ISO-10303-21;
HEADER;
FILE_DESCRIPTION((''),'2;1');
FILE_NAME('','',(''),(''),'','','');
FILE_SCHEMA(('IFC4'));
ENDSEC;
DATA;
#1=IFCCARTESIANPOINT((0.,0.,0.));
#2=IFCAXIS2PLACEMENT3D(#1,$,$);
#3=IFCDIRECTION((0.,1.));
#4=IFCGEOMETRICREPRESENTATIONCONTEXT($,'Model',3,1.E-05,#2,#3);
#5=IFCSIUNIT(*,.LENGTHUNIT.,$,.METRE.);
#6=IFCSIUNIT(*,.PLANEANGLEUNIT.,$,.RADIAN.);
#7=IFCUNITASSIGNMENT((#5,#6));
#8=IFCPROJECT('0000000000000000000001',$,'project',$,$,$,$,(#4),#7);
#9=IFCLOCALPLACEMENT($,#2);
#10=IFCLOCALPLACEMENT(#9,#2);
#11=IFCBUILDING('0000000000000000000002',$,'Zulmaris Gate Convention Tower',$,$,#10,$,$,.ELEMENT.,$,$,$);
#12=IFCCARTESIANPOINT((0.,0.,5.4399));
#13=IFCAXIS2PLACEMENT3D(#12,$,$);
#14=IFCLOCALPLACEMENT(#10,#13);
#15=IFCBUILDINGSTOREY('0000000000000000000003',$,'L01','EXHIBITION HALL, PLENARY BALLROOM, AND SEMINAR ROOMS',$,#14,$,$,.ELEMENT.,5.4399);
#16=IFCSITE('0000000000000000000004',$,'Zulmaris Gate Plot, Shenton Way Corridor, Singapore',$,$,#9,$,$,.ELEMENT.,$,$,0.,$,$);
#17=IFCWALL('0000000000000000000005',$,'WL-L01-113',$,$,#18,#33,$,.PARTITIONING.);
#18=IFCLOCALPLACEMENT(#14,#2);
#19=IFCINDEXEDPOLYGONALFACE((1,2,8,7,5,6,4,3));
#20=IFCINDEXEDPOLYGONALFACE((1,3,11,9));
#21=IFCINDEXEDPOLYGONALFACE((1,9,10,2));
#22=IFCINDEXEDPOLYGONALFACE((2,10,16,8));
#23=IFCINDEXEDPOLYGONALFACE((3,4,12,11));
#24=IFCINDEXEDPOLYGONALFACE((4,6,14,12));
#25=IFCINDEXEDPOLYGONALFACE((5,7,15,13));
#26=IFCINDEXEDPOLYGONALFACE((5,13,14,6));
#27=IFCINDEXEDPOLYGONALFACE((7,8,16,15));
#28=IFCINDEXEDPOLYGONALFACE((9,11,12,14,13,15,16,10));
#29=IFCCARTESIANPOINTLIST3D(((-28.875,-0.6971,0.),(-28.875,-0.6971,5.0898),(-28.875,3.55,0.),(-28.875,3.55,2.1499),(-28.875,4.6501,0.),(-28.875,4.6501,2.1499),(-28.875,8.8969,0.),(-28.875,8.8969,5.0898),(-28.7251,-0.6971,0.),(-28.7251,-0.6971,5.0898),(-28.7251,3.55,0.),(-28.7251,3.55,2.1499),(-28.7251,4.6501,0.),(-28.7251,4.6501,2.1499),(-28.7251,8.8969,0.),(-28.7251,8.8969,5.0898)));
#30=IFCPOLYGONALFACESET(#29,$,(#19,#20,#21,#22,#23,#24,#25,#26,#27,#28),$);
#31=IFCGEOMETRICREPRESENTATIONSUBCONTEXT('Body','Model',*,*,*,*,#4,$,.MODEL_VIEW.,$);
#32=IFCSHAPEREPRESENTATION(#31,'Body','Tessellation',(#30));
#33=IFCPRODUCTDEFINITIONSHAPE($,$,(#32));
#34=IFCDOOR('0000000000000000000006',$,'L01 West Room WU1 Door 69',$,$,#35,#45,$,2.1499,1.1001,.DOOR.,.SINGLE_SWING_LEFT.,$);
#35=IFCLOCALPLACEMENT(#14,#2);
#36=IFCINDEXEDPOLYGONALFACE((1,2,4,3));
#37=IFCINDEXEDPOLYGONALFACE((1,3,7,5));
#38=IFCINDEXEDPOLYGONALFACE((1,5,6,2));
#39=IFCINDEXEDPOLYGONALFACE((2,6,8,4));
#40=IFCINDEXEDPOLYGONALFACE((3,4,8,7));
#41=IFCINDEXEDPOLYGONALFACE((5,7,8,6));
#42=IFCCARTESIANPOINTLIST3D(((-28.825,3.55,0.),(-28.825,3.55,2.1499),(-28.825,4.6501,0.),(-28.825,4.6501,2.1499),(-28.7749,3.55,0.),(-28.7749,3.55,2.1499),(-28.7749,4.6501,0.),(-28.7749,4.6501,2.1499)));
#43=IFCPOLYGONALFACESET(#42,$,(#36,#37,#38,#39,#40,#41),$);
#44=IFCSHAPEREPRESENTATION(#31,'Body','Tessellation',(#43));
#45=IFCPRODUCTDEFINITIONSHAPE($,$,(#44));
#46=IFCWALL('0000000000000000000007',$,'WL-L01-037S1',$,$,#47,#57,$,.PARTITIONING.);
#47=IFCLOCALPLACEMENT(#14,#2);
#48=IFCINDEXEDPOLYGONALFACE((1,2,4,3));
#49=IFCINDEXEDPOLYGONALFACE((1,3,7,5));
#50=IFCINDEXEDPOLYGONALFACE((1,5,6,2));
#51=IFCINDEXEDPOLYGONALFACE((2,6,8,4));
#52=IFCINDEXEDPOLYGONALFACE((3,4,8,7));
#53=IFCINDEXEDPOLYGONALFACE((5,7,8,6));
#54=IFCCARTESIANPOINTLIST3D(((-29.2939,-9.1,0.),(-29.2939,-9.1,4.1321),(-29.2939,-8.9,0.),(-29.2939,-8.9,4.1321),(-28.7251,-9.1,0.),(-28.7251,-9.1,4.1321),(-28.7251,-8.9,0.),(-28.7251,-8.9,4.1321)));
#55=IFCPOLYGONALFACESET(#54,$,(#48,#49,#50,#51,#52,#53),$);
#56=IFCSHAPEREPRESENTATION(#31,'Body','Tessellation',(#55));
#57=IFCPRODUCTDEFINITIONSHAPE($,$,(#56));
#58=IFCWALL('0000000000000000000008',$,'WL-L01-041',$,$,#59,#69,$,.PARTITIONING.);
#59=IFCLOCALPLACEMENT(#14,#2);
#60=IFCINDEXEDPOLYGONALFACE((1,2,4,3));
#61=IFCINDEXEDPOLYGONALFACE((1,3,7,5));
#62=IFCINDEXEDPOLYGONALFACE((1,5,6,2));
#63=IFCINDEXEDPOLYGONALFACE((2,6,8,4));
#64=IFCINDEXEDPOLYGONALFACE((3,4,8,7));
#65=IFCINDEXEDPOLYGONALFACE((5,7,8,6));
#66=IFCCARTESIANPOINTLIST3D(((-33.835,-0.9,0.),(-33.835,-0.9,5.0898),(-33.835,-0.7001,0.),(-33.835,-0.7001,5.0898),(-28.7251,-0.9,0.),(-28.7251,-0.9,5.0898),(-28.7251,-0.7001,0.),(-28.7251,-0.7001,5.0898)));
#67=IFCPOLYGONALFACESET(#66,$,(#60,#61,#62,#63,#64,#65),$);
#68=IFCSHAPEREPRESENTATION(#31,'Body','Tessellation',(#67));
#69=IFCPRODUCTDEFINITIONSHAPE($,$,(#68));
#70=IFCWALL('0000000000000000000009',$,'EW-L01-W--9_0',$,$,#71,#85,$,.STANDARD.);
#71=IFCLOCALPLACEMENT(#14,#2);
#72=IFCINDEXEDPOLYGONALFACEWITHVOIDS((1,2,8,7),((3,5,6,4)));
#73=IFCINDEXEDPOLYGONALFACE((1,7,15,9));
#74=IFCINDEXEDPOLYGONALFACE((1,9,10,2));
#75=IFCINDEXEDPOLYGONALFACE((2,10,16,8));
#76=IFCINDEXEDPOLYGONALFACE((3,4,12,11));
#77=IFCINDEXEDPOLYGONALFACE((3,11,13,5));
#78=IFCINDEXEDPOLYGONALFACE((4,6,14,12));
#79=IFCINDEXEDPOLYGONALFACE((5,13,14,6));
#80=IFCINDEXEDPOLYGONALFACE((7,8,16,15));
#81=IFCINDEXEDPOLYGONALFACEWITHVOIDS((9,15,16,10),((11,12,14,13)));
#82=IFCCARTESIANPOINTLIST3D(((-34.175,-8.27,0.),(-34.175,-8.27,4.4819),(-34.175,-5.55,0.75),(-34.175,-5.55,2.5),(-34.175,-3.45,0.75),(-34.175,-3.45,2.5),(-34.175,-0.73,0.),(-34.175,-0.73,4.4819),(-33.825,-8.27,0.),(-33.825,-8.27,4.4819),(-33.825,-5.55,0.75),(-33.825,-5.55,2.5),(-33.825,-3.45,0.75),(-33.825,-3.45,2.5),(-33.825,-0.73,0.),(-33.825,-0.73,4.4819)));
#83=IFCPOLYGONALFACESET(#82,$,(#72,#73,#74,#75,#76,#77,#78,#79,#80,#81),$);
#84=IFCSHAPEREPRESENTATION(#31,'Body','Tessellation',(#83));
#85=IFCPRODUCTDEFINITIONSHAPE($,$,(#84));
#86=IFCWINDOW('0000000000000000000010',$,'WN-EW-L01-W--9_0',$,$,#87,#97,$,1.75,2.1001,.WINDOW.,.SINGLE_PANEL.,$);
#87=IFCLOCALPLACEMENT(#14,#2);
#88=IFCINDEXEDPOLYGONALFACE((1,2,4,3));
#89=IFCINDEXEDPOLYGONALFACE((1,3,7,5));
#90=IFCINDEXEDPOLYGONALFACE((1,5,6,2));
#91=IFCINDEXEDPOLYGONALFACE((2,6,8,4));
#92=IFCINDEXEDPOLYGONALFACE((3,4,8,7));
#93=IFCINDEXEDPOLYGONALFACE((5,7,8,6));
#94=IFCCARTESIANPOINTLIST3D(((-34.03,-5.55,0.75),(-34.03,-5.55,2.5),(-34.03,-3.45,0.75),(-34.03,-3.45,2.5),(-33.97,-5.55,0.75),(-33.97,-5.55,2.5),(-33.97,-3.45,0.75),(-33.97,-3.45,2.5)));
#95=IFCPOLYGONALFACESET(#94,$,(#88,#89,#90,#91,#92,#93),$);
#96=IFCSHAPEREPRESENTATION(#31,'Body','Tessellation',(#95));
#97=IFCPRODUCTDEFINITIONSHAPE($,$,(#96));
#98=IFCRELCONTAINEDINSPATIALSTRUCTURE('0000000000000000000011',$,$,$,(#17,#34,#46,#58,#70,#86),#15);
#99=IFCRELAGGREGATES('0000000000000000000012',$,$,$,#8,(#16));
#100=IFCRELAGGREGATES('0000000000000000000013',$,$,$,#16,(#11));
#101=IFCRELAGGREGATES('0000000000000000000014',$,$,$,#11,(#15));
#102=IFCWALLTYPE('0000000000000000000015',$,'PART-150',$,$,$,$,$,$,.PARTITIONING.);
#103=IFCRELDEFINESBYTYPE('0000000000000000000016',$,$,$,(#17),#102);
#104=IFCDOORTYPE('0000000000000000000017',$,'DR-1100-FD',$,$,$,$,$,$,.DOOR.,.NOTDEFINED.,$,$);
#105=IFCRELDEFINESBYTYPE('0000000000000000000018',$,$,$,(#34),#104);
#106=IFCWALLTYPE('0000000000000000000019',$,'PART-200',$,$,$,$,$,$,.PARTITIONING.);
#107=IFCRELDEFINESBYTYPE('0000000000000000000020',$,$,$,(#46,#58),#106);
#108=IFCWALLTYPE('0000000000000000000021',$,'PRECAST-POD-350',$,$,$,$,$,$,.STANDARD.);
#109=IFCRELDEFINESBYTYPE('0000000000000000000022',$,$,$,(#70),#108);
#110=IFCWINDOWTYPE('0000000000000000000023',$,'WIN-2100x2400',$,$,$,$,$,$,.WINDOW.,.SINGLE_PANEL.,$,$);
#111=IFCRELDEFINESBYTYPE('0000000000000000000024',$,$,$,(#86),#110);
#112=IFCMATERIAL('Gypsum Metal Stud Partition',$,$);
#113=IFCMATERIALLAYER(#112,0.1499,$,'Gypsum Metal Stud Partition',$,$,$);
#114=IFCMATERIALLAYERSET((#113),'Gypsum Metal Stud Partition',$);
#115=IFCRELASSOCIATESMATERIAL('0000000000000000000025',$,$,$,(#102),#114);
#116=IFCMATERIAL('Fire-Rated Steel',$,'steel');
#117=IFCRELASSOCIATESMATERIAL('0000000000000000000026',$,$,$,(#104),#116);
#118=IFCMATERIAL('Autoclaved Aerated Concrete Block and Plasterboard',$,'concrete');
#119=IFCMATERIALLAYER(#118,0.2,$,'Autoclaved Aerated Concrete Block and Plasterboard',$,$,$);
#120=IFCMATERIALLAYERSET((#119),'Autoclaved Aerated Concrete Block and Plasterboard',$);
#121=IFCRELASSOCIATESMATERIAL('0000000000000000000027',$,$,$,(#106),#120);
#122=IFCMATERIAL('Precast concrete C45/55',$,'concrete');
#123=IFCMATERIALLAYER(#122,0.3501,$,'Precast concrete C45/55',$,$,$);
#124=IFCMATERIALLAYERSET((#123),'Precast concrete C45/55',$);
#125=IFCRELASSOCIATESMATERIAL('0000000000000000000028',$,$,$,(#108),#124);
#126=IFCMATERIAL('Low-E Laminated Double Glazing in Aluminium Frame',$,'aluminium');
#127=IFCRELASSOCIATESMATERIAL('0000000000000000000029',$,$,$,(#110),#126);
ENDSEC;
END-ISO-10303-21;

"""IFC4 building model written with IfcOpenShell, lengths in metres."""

from ifc_helpers import new_model, si_unit, direction, frame, frame_2d, origin, place, context, subcontext, project, spatial, rectangle, extrude, material, layer, layer_set, type_object, element, fill, save


model = new_model("IFC4")

# Units and contexts
model_context = context("Model", 3, precision=1e-05, world=origin(), true_north=direction((0.0, 1.0)))
body_context = subcontext(model_context, "Body", "Model", "MODEL_VIEW")
ifc_project = project(units=[si_unit("LENGTHUNIT", "METRE"), si_unit("PLANEANGLEUNIT", "RADIAN")], contexts=[model_context])

# Site, building, storey
site_placement = place(None, origin())
site = spatial("IfcSite", under=ifc_project, at=site_placement, Name="Zulmaris Gate Plot, Shenton Way Corridor, Singapore", CompositionType="ELEMENT", RefElevation=0.0)
building_placement = place(site_placement, origin())
building = spatial("IfcBuilding", under=site, at=building_placement, Name="Zulmaris Gate Convention Tower", CompositionType="ELEMENT")
storey_placement = place(building_placement, frame((0.0, 0.0, 5.4399)))
storey = spatial("IfcBuildingStorey", under=building, at=storey_placement, Name="L01", Description="EXHIBITION HALL, PLENARY BALLROOM, AND SEMINAR ROOMS", CompositionType="ELEMENT", Elevation=5.4399)

# Wall, opening, door
ifc_material_1 = material(Name="Gypsum Metal Stud Partition")
ifc_layer_1 = layer(ifc_material_1, 0.1499, Name="Gypsum Metal Stud Partition")
ifc_layer_set_1 = layer_set([ifc_layer_1], Name="Gypsum Metal Stud Partition")
wall_type_1 = type_object("IfcWallType", Name="PART-150", PredefinedType="PARTITIONING", material=ifc_layer_set_1)
ifc_material_2 = material(Name="Fire-Rated Steel", Category="steel")
wall_1_placement = place(storey_placement, frame((-28.8, -0.697, 0.0), z_axis=(0.0, 0.0, 1.0), x_axis=(0.0, 1.0, 0.0)))
wall_1 = element("IfcWall", 1, at=wall_1_placement, inside=storey, type_object=wall_type_1, Name="WL-L01-113", PredefinedType="PARTITIONING", context=body_context, shape_type="SweptSolid", body=[
    extrude(rectangle(XDim=9.594, YDim=0.1499, at=frame_2d((4.7969, 0.0))), origin(), (0.0, 0.0, 1.0), 5.0898),
])
opening_1_placement = place(wall_1_placement, frame((4.2471, 0.0, 0.0)))
opening_1 = element("IfcOpeningElement", 2, at=opening_1_placement, cuts=wall_1, PredefinedType="OPENING", context=body_context, shape_type="SweptSolid", body=[
    extrude(rectangle(XDim=1.1001, YDim=2.1499, at=frame_2d((0.55, 1.075))), frame((0.0, 0.085, 0.0), z_axis=(0.0, -1.0, 0.0), x_axis=(1.0, 0.0, 0.0)), (0.0, 0.0, 1.0), 0.1699),
])
door_type_1 = type_object("IfcDoorType", Name="DR-1100-FD", OperationType="NOTDEFINED", PredefinedType="DOOR", material=ifc_material_2)
door_1_placement = place(opening_1_placement, origin())
door_1 = element("IfcDoor", 3, at=door_1_placement, inside=storey, type_object=door_type_1, Name="L01 West Room WU1 Door 69", OperationType="SINGLE_SWING_LEFT", OverallHeight=2.1499, OverallWidth=1.1001, PredefinedType="DOOR", context=body_context, shape_type="SweptSolid", body=[
    extrude(rectangle(XDim=1.1001, YDim=2.1499, at=frame_2d((0.55, 1.075))), frame((0.0, 0.0249, 0.0), z_axis=(0.0, -1.0, 0.0), x_axis=(1.0, 0.0, 0.0)), (0.0, 0.0, 1.0), 0.05),
])
fill(opening_1, door_1)

# Walls
ifc_material_3 = material(Name="Autoclaved Aerated Concrete Block and Plasterboard", Category="concrete")
ifc_layer_2 = layer(ifc_material_3, 0.2, Name="Autoclaved Aerated Concrete Block and Plasterboard")
ifc_layer_set_2 = layer_set([ifc_layer_2], Name="Autoclaved Aerated Concrete Block and Plasterboard")
wall_type_2 = type_object("IfcWallType", Name="PART-200", PredefinedType="PARTITIONING", material=ifc_layer_set_2)
wall_2_placement = place(storey_placement, frame((-29.2939, -9.0, 0.0), z_axis=(0.0, 0.0, 1.0), x_axis=(1.0, 0.0, 0.0)))
element("IfcWall", 4, at=wall_2_placement, inside=storey, type_object=wall_type_2, Name="WL-L01-037S1", PredefinedType="PARTITIONING", context=body_context, shape_type="SweptSolid", body=[
    extrude(rectangle(XDim=0.5688, YDim=0.2, at=frame_2d((0.2844, 0.0))), origin(), (0.0, 0.0, 1.0), 4.1321),
])
wall_3_placement = place(storey_placement, frame((-33.835, -0.8, 0.0), z_axis=(0.0, 0.0, 1.0), x_axis=(1.0, 0.0, 0.0)))
element("IfcWall", 5, at=wall_3_placement, inside=storey, type_object=wall_type_2, Name="WL-L01-041", PredefinedType="PARTITIONING", context=body_context, shape_type="SweptSolid", body=[
    extrude(rectangle(XDim=5.1099, YDim=0.2, at=frame_2d((2.5549, 0.0))), origin(), (0.0, 0.0, 1.0), 5.0898),
])

# Wall, opening, window
ifc_material_4 = material(Name="Precast concrete C45/55", Category="concrete")
ifc_layer_3 = layer(ifc_material_4, 0.3501, Name="Precast concrete C45/55")
ifc_layer_set_3 = layer_set([ifc_layer_3], Name="Precast concrete C45/55")
wall_type_3 = type_object("IfcWallType", Name="PRECAST-POD-350", PredefinedType="STANDARD", material=ifc_layer_set_3)
wall_4_placement = place(storey_placement, frame((-34.0, -8.27, 0.0), z_axis=(0.0, 0.0, 1.0), x_axis=(0.0, 1.0, 0.0)))
wall_4 = element("IfcWall", 6, at=wall_4_placement, inside=storey, type_object=wall_type_3, Name="EW-L01-W--9_0", PredefinedType="STANDARD", context=body_context, shape_type="SweptSolid", body=[
    extrude(rectangle(XDim=7.54, YDim=0.3501, at=frame_2d((3.77, 0.0))), origin(), (0.0, 0.0, 1.0), 4.4819),
])
opening_2_placement = place(wall_4_placement, frame((2.72, 0.0, 0.75)))
opening_2 = element("IfcOpeningElement", 7, at=opening_2_placement, cuts=wall_4, PredefinedType="OPENING", context=body_context, shape_type="SweptSolid", body=[
    extrude(rectangle(XDim=2.1001, YDim=1.75, at=frame_2d((1.05, 0.875))), frame((0.0, 0.1851, 0.0), z_axis=(0.0, -1.0, 0.0), x_axis=(1.0, 0.0, 0.0)), (0.0, 0.0, 1.0), 0.3701),
])
ifc_material_5 = material(Name="Low-E Laminated Double Glazing in Aluminium Frame", Category="aluminium")
window_type = type_object("IfcWindowType", Name="WIN-2100x2400", PartitioningType="SINGLE_PANEL", PredefinedType="WINDOW", material=ifc_material_5)
window_placement = place(opening_2_placement, origin())
window = element("IfcWindow", 8, at=window_placement, inside=storey, type_object=window_type, Name="WN-EW-L01-W--9_0", OverallHeight=1.75, OverallWidth=2.1001, PartitioningType="SINGLE_PANEL", PredefinedType="WINDOW", context=body_context, shape_type="SweptSolid", body=[
    extrude(rectangle(XDim=2.1001, YDim=1.75, at=frame_2d((1.05, 0.875))), frame((0.0, 0.03, 0.0), z_axis=(0.0, -1.0, 0.0), x_axis=(1.0, 0.0, 0.0)), (0.0, 0.0, 1.0), 0.0601),
])
fill(opening_2, window)

save(model, "model.ifc")
